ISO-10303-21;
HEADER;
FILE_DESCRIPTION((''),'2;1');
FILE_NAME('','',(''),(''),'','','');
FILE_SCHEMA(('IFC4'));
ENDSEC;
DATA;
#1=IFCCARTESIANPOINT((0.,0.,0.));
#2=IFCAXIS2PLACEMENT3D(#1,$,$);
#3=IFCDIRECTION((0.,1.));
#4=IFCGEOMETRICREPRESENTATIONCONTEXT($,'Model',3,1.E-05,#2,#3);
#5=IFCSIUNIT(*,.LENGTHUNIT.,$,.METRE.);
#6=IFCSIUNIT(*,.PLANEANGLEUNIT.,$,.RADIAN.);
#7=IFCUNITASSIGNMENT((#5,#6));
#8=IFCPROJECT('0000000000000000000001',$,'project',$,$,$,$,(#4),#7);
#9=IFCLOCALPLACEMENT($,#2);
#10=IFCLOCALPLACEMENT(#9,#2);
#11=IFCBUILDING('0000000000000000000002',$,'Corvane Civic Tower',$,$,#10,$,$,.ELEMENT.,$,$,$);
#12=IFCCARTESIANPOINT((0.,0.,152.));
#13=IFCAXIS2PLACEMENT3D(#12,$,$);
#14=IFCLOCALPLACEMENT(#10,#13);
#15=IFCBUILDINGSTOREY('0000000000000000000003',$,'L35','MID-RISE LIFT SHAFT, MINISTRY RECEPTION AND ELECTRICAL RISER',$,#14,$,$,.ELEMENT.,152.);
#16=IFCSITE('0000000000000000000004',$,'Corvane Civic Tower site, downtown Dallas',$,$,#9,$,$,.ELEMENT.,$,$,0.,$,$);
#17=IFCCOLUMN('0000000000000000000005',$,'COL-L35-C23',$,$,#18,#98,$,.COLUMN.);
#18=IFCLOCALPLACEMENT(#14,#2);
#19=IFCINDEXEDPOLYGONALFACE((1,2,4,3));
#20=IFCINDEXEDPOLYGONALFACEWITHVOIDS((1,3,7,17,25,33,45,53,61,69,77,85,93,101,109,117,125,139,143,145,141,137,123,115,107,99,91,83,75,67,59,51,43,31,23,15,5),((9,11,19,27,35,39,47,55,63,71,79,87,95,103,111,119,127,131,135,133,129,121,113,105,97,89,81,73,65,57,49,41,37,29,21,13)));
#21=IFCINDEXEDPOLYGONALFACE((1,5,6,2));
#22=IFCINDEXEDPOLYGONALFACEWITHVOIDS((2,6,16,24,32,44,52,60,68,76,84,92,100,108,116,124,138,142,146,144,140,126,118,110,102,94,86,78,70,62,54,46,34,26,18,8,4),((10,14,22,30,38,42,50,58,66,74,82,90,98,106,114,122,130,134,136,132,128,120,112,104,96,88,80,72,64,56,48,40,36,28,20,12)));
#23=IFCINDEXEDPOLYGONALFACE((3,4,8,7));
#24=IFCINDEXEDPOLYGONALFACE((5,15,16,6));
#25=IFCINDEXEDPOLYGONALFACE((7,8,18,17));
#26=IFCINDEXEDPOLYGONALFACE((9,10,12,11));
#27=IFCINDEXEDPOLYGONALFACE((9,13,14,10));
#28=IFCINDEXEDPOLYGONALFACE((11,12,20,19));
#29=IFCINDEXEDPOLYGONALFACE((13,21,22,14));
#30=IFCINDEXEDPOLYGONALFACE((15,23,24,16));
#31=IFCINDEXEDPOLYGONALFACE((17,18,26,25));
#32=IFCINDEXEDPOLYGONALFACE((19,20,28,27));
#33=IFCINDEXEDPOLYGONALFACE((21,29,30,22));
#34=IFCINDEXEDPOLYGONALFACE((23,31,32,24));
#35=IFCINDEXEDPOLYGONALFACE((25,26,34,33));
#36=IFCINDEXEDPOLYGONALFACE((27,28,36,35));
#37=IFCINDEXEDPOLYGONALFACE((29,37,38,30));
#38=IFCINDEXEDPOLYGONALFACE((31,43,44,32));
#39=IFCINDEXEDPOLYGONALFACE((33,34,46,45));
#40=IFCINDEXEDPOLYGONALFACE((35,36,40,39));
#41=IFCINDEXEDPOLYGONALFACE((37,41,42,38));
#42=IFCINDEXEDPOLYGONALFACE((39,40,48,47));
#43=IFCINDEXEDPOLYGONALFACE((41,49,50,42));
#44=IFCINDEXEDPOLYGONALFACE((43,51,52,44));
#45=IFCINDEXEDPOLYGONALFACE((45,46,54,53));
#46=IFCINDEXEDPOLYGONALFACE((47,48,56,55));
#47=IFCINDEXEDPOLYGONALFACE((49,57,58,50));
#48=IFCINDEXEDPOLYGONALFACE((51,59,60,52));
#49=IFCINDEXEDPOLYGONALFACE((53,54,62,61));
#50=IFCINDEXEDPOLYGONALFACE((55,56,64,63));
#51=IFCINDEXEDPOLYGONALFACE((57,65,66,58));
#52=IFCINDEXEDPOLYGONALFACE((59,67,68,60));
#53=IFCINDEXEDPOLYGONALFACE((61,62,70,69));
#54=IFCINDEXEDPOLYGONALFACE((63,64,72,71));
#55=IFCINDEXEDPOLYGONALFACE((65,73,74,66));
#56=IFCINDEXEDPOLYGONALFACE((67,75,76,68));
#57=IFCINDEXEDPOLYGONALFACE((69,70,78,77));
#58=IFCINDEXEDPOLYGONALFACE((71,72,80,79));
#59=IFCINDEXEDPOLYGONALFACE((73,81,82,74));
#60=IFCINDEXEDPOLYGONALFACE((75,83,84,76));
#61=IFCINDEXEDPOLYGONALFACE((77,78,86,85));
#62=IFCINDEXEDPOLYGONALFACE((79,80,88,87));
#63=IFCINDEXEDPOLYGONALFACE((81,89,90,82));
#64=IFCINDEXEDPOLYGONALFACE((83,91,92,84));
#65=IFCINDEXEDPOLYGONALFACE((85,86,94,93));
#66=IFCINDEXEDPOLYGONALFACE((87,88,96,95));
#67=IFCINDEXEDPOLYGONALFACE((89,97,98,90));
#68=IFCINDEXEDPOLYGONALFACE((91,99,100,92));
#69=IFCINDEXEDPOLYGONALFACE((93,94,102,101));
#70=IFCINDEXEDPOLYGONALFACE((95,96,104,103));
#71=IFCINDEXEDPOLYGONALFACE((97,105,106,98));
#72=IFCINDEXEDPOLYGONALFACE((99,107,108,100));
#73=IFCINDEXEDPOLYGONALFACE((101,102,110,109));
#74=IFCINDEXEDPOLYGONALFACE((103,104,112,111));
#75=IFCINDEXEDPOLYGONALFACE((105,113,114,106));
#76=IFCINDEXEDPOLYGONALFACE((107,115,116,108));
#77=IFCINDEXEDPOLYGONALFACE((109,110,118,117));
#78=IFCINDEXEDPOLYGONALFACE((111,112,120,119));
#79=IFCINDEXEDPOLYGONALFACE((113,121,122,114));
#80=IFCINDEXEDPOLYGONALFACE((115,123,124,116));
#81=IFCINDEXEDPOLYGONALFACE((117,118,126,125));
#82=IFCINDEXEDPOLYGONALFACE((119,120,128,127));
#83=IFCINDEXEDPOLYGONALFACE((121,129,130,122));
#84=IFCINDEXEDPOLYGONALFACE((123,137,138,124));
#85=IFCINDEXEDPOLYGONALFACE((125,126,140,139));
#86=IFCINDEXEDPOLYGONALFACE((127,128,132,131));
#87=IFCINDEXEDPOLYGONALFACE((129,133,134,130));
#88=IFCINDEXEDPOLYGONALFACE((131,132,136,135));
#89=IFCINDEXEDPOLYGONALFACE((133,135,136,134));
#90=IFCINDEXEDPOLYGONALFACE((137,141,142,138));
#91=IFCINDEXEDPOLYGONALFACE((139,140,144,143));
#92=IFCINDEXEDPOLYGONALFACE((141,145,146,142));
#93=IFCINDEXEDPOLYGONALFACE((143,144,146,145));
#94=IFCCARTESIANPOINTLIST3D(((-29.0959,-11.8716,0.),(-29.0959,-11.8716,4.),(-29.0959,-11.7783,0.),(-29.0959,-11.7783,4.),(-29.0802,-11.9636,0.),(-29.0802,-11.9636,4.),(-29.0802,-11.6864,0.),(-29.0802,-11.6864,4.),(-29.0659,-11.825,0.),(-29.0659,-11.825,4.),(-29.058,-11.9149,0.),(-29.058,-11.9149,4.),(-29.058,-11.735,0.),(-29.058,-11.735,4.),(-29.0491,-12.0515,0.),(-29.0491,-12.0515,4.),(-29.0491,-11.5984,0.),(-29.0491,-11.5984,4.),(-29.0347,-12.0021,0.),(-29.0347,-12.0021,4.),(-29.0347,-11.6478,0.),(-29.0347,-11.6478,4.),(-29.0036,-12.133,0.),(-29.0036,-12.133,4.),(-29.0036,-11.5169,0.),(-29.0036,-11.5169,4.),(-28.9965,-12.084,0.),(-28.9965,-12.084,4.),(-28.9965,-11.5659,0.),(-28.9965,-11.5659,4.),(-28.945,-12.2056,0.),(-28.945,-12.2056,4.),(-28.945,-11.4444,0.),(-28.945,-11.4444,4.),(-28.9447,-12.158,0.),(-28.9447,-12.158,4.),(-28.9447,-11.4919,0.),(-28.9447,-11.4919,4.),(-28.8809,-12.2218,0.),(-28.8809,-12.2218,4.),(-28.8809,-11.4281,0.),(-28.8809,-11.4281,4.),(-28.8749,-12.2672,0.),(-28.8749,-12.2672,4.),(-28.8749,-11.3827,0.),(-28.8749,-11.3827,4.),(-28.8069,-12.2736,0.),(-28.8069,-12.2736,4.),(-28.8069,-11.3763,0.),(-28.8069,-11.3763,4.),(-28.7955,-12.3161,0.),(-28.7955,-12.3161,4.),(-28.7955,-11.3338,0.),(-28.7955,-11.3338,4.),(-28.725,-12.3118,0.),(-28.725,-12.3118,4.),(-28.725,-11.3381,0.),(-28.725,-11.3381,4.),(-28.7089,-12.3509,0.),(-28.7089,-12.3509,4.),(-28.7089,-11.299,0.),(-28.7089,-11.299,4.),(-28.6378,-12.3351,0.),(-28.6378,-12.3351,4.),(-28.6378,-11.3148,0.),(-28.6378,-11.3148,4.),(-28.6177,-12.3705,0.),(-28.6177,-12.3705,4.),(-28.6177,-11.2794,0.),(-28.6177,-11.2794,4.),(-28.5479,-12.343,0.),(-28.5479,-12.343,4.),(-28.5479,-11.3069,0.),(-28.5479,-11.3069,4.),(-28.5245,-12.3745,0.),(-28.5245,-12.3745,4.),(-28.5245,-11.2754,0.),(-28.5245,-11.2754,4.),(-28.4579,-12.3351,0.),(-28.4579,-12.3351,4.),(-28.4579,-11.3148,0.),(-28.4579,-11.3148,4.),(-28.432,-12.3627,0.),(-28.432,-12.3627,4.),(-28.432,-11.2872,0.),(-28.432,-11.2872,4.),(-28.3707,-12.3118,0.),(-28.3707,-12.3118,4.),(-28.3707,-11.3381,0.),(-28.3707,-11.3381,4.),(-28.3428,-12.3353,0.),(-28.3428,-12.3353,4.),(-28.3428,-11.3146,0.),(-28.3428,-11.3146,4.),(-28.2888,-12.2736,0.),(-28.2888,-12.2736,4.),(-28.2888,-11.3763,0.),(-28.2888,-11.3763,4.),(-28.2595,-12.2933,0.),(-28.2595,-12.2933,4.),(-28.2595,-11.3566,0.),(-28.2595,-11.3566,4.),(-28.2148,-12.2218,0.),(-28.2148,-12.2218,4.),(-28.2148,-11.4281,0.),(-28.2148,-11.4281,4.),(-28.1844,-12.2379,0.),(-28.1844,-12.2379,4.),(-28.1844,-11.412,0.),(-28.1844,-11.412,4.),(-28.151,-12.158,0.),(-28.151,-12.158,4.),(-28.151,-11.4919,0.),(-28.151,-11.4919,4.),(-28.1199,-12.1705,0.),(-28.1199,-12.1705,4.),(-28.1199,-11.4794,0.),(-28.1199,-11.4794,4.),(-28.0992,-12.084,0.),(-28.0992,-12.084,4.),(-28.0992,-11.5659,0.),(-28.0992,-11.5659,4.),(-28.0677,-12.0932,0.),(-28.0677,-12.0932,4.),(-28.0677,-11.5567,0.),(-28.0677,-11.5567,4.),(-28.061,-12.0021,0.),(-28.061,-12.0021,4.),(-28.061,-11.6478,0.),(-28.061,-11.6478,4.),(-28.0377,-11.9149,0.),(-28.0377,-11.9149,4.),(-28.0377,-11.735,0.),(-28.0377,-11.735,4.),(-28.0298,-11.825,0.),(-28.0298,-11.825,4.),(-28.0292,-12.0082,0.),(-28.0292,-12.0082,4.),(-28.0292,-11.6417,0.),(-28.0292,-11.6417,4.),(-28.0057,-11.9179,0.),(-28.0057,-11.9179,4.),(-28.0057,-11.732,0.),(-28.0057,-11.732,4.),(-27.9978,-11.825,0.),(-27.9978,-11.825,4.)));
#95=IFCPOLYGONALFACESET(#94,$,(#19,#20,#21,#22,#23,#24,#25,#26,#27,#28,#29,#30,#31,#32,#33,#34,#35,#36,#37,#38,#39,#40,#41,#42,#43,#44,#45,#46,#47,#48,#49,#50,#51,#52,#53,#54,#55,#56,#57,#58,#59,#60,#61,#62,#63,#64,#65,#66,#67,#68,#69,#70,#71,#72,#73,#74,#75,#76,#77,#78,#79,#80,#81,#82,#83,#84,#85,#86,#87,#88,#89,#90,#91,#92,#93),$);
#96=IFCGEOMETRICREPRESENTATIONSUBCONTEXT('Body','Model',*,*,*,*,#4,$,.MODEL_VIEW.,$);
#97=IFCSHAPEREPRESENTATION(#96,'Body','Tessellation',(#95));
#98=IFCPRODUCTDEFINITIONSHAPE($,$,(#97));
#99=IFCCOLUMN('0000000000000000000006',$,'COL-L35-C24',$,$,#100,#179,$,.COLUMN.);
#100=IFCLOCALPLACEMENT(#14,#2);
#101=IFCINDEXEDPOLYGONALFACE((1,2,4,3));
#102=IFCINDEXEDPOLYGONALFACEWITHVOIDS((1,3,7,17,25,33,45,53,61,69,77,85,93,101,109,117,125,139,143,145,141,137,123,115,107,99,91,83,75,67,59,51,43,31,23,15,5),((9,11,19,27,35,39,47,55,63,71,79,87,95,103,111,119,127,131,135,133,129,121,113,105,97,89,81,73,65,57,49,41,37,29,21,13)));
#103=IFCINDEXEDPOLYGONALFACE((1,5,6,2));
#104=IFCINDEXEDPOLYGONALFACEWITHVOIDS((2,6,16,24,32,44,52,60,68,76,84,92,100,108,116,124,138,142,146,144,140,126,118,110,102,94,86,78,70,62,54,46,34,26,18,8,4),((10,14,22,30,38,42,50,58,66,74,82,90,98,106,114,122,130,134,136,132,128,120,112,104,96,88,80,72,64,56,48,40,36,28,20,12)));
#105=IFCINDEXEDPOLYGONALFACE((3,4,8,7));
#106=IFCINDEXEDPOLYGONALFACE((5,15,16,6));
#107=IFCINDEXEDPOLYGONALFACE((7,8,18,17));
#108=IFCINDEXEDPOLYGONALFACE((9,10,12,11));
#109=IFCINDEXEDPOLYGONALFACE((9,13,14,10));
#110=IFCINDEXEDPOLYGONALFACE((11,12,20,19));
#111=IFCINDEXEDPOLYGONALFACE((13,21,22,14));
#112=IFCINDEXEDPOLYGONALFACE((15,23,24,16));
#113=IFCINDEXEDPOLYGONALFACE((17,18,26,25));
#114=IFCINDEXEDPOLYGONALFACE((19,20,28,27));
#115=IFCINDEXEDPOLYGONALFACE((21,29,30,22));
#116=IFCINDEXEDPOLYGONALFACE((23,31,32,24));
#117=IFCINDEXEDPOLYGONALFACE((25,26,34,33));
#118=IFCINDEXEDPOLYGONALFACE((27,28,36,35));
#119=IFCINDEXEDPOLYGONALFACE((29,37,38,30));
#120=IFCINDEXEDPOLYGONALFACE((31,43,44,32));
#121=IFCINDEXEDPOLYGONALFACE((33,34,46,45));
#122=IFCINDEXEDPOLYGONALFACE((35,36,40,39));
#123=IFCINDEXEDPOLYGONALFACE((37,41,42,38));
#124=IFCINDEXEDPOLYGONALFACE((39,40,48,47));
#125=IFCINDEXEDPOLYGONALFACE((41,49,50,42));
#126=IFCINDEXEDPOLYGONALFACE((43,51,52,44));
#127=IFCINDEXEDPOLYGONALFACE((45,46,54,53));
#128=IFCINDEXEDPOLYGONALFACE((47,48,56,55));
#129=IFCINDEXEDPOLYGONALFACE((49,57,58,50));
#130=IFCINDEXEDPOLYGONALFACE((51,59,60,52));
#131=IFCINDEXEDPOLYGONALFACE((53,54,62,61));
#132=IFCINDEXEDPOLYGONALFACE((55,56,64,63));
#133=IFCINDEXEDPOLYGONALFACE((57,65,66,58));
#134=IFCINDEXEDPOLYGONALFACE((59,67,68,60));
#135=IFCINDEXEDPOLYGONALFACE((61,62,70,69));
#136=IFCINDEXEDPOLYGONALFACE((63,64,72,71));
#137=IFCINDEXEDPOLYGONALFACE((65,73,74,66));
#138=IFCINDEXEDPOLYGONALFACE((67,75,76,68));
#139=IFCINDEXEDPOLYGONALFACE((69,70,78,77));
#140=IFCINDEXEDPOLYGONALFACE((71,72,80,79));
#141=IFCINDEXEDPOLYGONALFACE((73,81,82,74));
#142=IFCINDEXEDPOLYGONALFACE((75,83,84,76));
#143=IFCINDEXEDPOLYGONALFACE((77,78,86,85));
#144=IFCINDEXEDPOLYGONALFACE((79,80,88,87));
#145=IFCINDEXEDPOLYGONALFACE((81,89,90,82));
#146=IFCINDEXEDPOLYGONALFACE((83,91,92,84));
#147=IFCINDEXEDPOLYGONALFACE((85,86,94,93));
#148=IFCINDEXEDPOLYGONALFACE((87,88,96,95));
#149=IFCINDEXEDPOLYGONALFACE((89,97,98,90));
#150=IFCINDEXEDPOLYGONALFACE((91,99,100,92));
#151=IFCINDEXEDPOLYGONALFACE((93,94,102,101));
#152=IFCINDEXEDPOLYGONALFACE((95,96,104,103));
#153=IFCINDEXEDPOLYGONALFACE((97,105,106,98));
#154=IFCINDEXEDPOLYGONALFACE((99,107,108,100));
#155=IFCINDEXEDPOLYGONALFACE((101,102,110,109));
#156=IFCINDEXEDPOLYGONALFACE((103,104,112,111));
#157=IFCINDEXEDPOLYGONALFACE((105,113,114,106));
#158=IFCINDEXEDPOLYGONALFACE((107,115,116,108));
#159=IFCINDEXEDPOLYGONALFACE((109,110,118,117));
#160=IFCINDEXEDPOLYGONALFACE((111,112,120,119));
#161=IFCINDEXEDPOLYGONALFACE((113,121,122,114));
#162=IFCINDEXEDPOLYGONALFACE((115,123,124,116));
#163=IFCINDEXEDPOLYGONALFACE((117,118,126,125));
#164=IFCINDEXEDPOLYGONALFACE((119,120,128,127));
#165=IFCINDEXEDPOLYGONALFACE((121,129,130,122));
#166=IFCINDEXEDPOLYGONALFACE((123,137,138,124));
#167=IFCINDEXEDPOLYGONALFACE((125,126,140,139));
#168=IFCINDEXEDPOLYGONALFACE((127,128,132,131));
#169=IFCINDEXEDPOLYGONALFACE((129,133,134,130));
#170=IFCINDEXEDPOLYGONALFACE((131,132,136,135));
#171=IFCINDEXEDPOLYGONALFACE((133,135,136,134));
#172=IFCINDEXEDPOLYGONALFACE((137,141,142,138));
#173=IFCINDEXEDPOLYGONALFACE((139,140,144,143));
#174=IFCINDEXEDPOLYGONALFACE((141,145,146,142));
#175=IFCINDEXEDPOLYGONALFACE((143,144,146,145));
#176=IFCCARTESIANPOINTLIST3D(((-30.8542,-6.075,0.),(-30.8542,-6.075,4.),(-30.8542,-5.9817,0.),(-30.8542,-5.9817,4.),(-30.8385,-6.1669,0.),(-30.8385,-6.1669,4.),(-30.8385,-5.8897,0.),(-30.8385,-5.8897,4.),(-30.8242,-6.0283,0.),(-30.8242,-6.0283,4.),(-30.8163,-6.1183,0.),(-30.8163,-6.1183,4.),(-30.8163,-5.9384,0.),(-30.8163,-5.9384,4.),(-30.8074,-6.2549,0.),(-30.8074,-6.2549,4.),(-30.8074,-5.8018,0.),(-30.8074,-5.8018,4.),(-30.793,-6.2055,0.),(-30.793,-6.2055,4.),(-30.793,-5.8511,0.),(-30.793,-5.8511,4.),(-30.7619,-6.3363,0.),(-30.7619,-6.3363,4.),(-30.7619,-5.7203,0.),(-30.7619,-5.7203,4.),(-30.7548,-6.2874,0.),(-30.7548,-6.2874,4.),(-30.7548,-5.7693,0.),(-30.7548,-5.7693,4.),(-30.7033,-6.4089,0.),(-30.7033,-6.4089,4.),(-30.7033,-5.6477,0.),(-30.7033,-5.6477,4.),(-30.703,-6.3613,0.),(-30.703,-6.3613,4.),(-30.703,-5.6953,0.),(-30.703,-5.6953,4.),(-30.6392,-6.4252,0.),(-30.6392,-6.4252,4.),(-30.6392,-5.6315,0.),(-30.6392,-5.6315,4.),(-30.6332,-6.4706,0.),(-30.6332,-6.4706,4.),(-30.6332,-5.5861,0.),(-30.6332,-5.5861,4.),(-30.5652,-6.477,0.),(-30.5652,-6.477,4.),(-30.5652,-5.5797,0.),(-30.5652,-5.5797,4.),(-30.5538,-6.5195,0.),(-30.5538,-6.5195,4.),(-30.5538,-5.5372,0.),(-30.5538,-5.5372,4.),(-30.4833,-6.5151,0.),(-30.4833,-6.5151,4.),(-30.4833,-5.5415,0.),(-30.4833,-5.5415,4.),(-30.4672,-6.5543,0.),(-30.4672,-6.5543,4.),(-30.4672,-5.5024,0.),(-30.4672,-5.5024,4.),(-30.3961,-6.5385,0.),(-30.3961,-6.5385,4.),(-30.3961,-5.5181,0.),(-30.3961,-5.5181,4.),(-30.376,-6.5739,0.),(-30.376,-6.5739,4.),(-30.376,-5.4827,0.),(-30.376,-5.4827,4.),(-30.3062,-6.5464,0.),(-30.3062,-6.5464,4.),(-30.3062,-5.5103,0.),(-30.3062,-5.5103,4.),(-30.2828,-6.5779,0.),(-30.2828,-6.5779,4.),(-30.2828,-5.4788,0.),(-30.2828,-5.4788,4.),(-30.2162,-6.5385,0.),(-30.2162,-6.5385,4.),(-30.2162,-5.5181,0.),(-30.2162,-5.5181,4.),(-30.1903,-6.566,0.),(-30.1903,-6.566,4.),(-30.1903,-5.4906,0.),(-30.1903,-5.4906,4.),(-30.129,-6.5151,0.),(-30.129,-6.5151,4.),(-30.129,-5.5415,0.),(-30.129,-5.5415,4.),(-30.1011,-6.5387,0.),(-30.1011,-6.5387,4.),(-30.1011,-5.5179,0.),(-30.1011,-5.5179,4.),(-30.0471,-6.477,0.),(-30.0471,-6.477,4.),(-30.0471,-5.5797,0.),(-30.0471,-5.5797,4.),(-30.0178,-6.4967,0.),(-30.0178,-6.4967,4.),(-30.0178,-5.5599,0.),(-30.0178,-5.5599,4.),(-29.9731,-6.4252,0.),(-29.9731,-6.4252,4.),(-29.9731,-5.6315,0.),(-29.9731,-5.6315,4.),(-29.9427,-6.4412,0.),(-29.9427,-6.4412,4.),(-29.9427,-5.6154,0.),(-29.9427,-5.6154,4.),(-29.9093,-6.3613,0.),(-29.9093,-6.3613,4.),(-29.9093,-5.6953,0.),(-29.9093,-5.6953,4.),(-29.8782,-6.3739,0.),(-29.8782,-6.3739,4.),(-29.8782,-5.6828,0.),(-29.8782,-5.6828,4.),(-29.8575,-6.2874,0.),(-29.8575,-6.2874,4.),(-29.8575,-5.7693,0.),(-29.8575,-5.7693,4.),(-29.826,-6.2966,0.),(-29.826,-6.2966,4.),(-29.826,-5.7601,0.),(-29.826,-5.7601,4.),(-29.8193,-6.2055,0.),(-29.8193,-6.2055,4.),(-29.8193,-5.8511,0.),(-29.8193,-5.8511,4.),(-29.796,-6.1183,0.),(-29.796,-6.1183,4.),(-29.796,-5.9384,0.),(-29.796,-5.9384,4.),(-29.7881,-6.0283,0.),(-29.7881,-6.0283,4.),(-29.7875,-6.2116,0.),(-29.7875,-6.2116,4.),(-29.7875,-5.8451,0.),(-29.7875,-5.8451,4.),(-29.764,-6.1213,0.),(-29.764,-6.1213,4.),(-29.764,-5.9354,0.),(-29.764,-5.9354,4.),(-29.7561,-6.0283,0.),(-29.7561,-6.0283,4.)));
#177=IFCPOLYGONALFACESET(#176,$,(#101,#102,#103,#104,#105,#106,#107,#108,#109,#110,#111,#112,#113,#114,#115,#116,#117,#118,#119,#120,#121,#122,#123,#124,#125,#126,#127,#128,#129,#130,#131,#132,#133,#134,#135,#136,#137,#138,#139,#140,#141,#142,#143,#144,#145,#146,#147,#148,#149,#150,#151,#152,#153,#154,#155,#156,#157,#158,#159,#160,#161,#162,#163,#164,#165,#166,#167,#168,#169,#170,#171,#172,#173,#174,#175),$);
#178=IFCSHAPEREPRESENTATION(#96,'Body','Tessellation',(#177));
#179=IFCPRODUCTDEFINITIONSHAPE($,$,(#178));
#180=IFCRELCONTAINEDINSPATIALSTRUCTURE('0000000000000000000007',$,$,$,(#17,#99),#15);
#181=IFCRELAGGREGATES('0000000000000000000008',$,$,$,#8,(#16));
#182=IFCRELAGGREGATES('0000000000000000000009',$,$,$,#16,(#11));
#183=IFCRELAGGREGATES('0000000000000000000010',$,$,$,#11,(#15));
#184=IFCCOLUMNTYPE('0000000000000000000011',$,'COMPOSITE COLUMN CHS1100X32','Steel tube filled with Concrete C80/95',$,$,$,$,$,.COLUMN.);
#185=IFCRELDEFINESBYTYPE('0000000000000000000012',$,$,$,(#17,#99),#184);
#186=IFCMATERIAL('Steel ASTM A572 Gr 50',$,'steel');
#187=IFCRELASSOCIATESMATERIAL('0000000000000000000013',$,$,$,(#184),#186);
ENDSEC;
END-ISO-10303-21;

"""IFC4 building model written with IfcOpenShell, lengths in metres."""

from ifc_helpers import new_model, si_unit, direction, frame, origin, origin_2d, place, context, subcontext, project, spatial, hollow_circle, extrude, material, material_profile, profile_set, type_object, element, save


model = new_model("IFC4")

# Units and contexts
model_context = context("Model", 3, precision=1e-05, world=origin(), true_north=direction((0.0, 1.0)))
body_context = subcontext(model_context, "Body", "Model", "MODEL_VIEW")
ifc_project = project(units=[si_unit("LENGTHUNIT", "METRE"), si_unit("PLANEANGLEUNIT", "RADIAN")], contexts=[model_context])

# Site, building, storey
site_placement = place(None, origin())
site = spatial("IfcSite", under=ifc_project, at=site_placement, Name="Corvane Civic Tower site, downtown Dallas", CompositionType="ELEMENT", RefElevation=0.0)
building_placement = place(site_placement, origin())
building = spatial("IfcBuilding", under=site, at=building_placement, Name="Corvane Civic Tower", CompositionType="ELEMENT")
storey_placement = place(building_placement, frame((0.0, 0.0, 152.0)))
storey = spatial("IfcBuildingStorey", under=building, at=storey_placement, Name="L35", Description="MID-RISE LIFT SHAFT, MINISTRY RECEPTION AND ELECTRICAL RISER", CompositionType="ELEMENT", Elevation=152.0)

# Columns
ifc_material_1 = material(Name="Steel ASTM A572 Gr 50", Category="steel")
ifc_material_profile_1 = material_profile(ifc_material_1, hollow_circle(Radius=0.55, WallThickness=0.032, at=origin_2d()), Name="CHS1100X32")
ifc_profile_set_1 = profile_set([ifc_material_profile_1], Name="Steel ASTM A572 Gr 50")
column_type = type_object("IfcColumnType", Name="COMPOSITE COLUMN CHS1100X32", Description="Steel tube filled with Concrete C80/95", PredefinedType="COLUMN", material=ifc_profile_set_1)
for number, where, z_axis, x_axis, name in (
    (1, (-28.5479, -11.825, 0.0), (0.0, 0.0, 1.0), (1.0, 0.0, 0.0), "COL-L35-C23"),
    (2, (-30.3062, -6.0283, 0.0), (0.0, 0.0, 1.0), (1.0, 0.0, 0.0), "COL-L35-C24"),
):
    element("IfcColumn", number, at=place(storey_placement, frame(where, z_axis=z_axis, x_axis=x_axis)), inside=storey, type_object=column_type, Name=name, PredefinedType="COLUMN", context=body_context, shape_type="SweptSolid", body=[
        extrude(hollow_circle(Radius=0.55, WallThickness=0.032, at=origin_2d()), origin(), (0.0, 0.0, 1.0), 4.0),
    ])

save(model, "model.ifc")
